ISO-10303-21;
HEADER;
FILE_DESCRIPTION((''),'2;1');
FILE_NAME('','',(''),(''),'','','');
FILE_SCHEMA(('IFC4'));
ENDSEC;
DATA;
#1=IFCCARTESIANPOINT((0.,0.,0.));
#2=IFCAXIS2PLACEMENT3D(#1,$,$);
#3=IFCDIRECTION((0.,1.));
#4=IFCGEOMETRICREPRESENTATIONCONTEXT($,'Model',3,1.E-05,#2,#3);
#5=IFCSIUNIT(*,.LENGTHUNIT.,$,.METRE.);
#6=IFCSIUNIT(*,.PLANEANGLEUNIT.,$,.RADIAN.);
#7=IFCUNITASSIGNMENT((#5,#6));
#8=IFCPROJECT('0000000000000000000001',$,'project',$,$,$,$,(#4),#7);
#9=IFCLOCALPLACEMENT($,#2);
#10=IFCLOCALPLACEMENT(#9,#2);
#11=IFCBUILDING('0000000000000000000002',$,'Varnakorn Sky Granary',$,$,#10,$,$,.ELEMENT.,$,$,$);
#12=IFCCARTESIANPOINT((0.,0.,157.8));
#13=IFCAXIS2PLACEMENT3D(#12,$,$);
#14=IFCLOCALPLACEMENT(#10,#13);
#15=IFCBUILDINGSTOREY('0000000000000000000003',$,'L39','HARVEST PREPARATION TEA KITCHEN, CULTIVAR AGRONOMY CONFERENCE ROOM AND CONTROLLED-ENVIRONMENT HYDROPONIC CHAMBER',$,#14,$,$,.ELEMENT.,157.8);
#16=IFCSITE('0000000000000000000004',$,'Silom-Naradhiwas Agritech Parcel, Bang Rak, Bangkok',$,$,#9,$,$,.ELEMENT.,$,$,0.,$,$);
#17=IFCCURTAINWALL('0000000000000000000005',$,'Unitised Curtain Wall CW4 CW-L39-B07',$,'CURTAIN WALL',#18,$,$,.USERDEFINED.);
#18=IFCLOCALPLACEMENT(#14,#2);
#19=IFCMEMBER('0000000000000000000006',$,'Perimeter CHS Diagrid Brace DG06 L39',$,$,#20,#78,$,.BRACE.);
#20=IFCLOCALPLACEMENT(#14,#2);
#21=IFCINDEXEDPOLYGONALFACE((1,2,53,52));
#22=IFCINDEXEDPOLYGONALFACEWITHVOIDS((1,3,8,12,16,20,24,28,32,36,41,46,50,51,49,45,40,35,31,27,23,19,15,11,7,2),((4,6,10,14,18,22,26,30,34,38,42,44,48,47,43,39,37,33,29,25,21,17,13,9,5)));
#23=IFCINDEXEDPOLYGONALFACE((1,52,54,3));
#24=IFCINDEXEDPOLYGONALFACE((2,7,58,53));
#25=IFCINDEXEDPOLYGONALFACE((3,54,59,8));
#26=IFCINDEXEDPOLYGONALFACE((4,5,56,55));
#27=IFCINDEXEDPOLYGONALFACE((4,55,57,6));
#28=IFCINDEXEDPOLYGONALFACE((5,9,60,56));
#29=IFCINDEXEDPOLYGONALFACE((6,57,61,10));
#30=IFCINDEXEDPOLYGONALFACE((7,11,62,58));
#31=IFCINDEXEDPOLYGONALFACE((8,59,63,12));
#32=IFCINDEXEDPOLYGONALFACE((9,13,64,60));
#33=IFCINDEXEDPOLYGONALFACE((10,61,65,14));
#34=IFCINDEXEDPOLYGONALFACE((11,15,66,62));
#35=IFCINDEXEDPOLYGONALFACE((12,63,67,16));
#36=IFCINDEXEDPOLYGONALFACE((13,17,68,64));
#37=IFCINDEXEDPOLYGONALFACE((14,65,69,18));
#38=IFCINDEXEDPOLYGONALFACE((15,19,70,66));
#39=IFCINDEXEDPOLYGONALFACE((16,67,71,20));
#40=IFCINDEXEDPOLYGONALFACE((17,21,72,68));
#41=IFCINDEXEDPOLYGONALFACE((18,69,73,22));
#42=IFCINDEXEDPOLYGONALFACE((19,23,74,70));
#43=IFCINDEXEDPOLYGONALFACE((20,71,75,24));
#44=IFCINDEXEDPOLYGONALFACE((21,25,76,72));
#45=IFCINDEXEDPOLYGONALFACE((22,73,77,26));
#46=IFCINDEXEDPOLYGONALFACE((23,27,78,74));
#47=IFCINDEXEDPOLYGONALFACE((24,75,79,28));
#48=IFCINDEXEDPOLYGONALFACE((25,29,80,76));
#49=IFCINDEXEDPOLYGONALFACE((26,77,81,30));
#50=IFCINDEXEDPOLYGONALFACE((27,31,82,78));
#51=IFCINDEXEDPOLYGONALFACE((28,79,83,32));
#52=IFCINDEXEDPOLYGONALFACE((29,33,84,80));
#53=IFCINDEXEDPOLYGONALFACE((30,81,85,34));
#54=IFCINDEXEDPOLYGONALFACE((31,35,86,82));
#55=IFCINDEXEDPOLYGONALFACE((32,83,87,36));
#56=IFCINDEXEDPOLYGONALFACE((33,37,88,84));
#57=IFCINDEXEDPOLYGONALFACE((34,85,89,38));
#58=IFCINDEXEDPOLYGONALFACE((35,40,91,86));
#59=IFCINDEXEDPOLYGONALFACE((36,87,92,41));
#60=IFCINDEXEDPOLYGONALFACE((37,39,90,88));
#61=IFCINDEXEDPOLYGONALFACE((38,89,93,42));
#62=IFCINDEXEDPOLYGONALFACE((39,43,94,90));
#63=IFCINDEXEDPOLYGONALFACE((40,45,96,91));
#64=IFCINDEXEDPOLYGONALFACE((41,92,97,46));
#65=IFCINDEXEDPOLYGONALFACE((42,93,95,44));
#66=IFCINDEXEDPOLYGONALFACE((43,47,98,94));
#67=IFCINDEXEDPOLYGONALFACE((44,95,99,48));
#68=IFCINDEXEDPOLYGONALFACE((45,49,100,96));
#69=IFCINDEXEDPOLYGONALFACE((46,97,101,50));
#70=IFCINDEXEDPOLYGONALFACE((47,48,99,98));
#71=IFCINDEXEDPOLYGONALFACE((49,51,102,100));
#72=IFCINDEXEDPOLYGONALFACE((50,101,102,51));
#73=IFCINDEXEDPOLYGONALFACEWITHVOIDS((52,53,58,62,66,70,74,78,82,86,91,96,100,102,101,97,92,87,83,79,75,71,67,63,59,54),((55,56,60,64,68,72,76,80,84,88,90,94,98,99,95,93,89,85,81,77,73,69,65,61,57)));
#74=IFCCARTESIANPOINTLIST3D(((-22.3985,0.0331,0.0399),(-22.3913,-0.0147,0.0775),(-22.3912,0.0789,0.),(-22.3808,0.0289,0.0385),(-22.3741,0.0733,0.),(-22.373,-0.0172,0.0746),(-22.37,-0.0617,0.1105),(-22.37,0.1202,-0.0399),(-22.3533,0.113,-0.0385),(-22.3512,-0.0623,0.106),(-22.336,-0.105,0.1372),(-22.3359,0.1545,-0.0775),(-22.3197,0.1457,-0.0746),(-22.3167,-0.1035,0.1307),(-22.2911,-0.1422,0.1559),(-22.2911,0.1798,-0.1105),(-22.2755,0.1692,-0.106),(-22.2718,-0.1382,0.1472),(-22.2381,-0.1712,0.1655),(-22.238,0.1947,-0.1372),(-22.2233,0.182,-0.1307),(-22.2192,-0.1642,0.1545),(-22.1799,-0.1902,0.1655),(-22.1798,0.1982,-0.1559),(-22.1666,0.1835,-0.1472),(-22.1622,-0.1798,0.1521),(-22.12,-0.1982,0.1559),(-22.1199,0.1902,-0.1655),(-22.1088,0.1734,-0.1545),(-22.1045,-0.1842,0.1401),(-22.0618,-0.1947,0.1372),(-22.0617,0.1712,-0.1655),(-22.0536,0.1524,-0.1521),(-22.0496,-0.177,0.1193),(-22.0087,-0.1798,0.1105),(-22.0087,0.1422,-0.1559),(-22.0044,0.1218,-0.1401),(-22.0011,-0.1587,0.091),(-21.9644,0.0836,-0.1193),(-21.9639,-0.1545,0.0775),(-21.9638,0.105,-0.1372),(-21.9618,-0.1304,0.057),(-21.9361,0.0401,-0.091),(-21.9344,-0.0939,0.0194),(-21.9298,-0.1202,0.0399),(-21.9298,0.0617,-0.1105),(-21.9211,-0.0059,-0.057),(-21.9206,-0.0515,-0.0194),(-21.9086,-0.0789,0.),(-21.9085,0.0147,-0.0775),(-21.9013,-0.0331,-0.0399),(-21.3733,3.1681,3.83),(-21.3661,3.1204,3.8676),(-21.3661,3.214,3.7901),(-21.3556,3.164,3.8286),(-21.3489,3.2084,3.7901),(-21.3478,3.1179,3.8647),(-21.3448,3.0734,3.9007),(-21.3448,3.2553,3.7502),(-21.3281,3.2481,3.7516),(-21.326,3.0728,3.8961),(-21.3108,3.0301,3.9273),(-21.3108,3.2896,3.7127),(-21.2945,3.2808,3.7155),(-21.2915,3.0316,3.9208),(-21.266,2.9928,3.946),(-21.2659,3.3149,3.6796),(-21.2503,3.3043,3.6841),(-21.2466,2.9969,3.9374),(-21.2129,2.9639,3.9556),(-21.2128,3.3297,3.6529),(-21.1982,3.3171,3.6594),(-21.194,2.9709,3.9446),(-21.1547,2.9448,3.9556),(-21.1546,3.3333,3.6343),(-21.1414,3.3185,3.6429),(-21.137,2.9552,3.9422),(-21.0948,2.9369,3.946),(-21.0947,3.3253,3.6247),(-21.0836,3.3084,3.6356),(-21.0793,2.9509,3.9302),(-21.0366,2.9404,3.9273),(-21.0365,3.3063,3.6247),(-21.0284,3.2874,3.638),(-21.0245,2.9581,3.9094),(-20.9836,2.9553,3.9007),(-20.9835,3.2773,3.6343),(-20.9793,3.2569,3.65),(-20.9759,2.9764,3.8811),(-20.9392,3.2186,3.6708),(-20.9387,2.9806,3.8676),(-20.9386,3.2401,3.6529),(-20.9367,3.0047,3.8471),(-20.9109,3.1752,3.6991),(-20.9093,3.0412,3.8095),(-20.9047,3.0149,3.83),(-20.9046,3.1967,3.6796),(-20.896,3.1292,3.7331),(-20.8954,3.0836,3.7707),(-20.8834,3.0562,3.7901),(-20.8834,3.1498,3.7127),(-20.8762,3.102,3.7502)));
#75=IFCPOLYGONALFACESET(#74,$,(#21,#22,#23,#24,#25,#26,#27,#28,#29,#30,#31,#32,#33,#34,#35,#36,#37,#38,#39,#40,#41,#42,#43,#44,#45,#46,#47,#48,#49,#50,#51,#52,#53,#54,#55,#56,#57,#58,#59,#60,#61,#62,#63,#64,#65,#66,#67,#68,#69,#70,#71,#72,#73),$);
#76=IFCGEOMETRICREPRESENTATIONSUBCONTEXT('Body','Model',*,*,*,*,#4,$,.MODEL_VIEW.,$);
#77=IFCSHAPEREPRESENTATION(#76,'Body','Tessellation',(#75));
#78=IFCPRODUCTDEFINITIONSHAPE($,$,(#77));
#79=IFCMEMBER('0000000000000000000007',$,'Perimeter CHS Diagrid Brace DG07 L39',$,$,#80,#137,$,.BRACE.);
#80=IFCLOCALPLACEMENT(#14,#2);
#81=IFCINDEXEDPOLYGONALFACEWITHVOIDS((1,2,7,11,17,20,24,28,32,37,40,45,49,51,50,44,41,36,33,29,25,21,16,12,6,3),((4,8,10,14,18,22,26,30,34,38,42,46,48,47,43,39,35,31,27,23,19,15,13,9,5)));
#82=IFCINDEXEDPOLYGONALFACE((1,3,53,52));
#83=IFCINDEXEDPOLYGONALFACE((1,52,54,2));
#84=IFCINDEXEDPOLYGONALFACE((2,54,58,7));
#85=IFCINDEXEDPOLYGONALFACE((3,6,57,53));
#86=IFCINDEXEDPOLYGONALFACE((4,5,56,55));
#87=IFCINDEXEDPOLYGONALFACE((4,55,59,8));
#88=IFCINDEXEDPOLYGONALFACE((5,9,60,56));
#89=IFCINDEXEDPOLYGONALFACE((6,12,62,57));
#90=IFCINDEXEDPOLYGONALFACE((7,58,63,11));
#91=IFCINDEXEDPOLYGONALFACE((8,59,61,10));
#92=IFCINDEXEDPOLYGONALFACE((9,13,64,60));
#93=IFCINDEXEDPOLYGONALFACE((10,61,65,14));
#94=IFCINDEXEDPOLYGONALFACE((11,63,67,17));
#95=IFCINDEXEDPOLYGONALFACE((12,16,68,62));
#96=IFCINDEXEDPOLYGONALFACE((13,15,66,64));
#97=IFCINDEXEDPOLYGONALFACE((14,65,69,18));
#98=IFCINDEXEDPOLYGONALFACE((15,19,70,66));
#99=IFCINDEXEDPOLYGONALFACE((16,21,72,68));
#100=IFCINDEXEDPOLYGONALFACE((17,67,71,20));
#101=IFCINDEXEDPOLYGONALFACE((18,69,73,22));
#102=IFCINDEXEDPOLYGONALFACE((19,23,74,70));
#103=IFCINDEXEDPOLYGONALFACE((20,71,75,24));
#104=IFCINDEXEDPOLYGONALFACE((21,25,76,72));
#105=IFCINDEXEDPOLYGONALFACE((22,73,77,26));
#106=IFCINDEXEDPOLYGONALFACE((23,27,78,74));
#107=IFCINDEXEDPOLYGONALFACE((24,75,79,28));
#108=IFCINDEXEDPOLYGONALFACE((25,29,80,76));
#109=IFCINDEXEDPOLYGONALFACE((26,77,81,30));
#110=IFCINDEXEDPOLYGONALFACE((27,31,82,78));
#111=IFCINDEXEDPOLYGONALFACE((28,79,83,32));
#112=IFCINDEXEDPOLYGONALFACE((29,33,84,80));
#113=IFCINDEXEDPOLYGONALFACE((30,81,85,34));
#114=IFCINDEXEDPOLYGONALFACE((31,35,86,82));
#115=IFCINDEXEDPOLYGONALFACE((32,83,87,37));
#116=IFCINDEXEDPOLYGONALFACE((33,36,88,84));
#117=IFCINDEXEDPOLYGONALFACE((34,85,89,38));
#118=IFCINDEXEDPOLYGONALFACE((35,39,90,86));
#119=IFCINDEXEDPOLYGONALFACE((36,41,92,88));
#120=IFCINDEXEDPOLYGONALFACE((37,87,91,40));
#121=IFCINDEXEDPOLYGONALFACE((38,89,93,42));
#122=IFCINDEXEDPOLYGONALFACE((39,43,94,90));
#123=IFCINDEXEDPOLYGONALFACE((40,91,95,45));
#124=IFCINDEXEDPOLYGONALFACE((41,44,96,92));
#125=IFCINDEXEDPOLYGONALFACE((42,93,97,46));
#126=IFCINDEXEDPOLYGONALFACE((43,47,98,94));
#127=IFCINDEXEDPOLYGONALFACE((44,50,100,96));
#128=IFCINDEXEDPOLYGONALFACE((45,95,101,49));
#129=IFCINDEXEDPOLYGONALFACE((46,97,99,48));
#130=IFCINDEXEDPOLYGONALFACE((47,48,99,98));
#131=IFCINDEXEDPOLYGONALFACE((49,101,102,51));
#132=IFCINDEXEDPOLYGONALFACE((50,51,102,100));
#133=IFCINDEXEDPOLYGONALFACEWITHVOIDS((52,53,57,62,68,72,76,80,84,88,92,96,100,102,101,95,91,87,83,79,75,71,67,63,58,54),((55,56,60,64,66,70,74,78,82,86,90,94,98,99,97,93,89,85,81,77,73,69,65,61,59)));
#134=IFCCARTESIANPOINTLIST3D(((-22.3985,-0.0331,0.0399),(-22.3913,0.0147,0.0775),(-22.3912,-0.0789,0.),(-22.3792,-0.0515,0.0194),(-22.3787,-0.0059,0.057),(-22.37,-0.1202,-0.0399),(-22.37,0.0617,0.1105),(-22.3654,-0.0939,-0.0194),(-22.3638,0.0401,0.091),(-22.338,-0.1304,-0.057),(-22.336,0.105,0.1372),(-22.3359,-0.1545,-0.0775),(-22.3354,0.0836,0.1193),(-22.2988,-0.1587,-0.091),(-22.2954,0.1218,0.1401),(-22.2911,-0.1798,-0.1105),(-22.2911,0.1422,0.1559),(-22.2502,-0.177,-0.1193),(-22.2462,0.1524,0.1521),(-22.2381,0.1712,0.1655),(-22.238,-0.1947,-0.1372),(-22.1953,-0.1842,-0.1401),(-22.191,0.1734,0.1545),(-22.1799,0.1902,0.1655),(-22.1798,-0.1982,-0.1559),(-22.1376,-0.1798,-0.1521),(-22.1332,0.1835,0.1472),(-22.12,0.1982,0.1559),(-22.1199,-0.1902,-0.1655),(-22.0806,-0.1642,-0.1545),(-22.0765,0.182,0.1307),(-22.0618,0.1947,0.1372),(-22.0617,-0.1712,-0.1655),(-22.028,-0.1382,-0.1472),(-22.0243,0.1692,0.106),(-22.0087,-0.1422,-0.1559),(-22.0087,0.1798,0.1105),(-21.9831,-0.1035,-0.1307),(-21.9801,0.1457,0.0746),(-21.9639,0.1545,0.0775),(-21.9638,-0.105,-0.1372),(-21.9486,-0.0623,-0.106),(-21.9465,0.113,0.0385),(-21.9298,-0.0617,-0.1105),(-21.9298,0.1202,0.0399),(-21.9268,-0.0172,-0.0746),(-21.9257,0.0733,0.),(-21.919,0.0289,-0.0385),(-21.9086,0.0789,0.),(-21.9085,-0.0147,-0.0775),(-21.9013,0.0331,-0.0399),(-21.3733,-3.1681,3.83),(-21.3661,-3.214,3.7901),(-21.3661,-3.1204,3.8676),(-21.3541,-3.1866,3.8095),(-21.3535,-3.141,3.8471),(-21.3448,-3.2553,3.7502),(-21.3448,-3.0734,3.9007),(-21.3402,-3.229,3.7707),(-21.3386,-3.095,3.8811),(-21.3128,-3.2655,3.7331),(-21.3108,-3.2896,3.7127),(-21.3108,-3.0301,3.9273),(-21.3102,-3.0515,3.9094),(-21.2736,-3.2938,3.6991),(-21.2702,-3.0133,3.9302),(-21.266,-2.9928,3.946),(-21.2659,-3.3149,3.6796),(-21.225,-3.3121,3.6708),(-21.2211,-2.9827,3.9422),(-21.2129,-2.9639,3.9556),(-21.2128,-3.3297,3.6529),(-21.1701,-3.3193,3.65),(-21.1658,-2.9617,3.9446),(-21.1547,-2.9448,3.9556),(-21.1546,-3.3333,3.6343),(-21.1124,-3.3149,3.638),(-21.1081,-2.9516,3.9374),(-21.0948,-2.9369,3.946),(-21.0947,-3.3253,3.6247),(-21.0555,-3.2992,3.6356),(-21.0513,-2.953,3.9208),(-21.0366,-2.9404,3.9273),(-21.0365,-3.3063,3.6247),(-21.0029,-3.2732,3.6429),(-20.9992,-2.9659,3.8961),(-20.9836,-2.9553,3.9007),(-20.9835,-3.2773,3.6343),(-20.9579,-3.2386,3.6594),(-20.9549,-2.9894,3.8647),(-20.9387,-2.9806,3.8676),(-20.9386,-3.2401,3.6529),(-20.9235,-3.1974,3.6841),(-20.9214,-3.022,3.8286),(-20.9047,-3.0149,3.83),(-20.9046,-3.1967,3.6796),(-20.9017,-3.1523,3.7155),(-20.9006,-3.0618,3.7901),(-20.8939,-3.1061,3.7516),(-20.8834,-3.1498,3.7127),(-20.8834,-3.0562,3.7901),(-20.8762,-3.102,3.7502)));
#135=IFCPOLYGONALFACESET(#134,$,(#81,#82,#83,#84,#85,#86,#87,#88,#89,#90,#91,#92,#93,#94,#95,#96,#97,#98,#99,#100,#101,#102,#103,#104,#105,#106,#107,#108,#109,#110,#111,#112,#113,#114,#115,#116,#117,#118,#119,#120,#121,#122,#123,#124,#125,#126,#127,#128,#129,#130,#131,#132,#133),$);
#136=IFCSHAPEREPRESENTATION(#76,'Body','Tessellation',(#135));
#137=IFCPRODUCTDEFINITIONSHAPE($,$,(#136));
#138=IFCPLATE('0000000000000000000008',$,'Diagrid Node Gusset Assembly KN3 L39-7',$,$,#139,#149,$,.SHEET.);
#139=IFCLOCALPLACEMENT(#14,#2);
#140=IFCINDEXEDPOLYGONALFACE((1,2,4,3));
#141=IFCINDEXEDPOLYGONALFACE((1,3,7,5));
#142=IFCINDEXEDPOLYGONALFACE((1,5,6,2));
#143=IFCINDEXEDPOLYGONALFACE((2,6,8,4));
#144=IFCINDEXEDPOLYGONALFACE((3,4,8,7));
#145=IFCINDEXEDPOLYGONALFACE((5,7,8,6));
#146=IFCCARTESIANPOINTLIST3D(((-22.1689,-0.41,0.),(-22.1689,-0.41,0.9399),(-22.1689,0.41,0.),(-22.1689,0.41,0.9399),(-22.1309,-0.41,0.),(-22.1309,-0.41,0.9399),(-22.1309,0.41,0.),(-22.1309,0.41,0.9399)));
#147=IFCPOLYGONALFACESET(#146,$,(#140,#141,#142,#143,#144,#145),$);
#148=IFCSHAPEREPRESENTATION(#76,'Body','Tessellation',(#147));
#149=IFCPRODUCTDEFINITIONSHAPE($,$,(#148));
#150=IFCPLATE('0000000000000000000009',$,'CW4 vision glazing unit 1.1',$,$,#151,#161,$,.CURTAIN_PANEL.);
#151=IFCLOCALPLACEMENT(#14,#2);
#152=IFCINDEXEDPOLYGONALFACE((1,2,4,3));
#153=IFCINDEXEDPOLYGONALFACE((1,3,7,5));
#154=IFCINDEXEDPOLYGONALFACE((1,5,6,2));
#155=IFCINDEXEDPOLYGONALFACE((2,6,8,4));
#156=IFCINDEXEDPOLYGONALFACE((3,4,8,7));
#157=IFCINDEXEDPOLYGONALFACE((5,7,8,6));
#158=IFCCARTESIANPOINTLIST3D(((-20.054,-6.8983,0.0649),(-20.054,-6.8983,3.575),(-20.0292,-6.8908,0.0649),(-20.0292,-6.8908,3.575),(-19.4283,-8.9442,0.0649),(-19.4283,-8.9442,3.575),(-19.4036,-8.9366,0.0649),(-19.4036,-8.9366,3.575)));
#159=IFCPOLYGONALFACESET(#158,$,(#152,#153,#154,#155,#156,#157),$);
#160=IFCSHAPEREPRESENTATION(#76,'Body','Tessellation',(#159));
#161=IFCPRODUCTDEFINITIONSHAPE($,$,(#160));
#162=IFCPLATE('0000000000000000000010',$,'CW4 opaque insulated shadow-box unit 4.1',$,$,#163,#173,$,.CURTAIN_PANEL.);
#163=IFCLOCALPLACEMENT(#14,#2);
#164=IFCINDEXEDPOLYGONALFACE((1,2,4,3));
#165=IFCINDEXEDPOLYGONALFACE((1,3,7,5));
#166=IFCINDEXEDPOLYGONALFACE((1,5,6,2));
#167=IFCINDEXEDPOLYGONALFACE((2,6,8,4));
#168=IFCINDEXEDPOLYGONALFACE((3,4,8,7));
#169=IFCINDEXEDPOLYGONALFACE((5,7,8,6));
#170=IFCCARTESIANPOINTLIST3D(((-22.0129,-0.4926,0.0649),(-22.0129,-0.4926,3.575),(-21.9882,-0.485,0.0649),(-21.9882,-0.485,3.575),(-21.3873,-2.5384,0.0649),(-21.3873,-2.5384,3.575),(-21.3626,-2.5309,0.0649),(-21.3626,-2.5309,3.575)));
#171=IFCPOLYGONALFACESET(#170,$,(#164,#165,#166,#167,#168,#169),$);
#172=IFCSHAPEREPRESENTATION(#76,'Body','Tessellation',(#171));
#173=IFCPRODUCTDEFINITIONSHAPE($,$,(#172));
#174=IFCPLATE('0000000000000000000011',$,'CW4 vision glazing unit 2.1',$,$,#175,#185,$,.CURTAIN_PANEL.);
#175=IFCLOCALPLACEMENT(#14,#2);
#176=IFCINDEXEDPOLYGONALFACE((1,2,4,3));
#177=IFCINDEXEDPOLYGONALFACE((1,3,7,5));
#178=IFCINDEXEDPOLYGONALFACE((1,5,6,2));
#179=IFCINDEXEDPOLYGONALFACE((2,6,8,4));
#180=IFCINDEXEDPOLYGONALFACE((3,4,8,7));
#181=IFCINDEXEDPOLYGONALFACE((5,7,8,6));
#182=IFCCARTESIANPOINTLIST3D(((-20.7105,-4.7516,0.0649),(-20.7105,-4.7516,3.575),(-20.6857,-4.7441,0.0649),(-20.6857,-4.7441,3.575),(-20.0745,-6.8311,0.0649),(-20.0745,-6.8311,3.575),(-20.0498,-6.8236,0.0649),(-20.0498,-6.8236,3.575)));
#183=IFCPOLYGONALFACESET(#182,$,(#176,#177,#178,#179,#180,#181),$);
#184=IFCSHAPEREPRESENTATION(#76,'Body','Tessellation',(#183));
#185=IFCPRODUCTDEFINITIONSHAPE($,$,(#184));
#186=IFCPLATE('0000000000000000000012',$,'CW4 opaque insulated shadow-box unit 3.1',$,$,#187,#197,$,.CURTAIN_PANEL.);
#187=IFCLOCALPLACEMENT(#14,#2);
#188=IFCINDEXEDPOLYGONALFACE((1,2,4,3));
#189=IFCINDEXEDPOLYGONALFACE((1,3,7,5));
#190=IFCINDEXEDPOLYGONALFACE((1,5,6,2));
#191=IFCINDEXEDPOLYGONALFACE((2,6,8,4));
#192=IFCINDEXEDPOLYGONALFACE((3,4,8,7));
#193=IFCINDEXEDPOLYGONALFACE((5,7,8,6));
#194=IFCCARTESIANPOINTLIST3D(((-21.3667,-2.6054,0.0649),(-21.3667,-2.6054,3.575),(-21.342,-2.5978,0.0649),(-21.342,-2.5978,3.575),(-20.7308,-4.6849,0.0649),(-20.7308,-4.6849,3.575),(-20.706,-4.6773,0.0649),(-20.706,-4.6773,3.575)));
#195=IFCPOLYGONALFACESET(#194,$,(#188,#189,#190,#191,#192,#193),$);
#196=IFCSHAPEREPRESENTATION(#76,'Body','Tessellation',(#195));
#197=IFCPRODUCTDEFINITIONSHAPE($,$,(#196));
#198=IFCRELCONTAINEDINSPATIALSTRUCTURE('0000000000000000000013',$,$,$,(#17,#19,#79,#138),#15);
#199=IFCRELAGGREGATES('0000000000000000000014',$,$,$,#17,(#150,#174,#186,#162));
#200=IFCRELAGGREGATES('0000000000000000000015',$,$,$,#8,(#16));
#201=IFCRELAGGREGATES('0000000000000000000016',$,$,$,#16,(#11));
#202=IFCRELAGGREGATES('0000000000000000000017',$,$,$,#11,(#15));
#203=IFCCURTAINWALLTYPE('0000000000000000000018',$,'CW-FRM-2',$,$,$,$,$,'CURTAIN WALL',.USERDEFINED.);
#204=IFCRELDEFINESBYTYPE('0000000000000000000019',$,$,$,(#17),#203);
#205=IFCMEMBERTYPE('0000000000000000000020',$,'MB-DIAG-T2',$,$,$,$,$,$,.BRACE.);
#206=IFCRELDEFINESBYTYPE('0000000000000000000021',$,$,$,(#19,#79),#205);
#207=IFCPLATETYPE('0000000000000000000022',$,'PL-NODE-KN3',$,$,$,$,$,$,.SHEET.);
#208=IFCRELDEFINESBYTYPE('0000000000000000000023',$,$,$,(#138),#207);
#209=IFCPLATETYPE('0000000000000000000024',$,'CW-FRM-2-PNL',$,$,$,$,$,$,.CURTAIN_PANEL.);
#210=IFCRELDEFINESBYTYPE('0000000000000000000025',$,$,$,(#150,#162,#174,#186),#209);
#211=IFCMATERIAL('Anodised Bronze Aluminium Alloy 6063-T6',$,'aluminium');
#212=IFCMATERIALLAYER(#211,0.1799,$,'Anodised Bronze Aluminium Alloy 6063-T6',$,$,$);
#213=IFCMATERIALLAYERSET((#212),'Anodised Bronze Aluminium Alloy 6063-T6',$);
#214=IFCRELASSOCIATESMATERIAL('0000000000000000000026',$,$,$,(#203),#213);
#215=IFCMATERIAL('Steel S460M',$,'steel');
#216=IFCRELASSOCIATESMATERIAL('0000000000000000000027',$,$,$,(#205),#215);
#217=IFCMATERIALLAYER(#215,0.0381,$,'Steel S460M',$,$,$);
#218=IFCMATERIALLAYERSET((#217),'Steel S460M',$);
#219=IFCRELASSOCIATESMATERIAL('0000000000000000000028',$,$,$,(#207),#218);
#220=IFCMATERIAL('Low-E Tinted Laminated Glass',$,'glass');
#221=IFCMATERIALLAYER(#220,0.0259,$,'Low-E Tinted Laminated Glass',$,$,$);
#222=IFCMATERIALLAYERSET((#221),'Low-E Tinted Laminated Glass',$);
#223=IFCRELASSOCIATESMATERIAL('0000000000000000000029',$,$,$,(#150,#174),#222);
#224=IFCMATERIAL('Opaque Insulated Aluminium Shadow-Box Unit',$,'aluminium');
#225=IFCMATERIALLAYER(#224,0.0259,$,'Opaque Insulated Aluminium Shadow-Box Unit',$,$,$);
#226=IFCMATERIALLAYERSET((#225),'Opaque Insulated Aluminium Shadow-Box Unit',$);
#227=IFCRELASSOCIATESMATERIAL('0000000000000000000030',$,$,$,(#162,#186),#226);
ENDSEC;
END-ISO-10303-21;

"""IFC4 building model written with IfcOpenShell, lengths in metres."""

from ifc_helpers import new_model, si_unit, direction, frame, origin, origin_2d, place, context, subcontext, project, spatial, rectangle, hollow_circle, extrude, source, transform, mapped, material, layer, layer_set, material_profile, profile_set, type_object, element, aggregate, save


model = new_model("IFC4")

# Units and contexts
model_context = context("Model", 3, precision=1e-05, world=origin(), true_north=direction((0.0, 1.0)))
body_context = subcontext(model_context, "Body", "Model", "MODEL_VIEW")
ifc_project = project(units=[si_unit("LENGTHUNIT", "METRE"), si_unit("PLANEANGLEUNIT", "RADIAN")], contexts=[model_context])

# Site, building, storey
site_placement = place(None, origin())
site = spatial("IfcSite", under=ifc_project, at=site_placement, Name="Silom-Naradhiwas Agritech Parcel, Bang Rak, Bangkok", CompositionType="ELEMENT", RefElevation=0.0)
building_placement = place(site_placement, origin())
building = spatial("IfcBuilding", under=site, at=building_placement, Name="Varnakorn Sky Granary", CompositionType="ELEMENT")
storey_placement = place(building_placement, frame((0.0, 0.0, 157.8)))
storey = spatial("IfcBuildingStorey", under=building, at=storey_placement, Name="L39", Description="HARVEST PREPARATION TEA KITCHEN, CULTIVAR AGRONOMY CONFERENCE ROOM AND CONTROLLED-ENVIRONMENT HYDROPONIC CHAMBER", CompositionType="ELEMENT", Elevation=157.8)

# Shared definitions
ifc_material_1 = material(Name="Steel S460M", Category="steel")

# Curtain wall
ifc_material_2 = material(Name="Anodised Bronze Aluminium Alloy 6063-T6", Category="aluminium")
ifc_layer_1 = layer(ifc_material_2, 0.1799, Name="Anodised Bronze Aluminium Alloy 6063-T6")
ifc_layer_set_1 = layer_set([ifc_layer_1], Name="Anodised Bronze Aluminium Alloy 6063-T6")
curtain_wall_type = type_object("IfcCurtainWallType", Name="CW-FRM-2", ElementType="CURTAIN WALL", PredefinedType="USERDEFINED", material=ifc_layer_set_1)
curtain_wall_1_placement = place(storey_placement, origin())
curtain_wall_1 = element("IfcCurtainWall", 1, at=curtain_wall_1_placement, inside=storey, type_object=curtain_wall_type, Name="Unitised Curtain Wall CW4 CW-L39-B07", ObjectType="CURTAIN WALL", PredefinedType="USERDEFINED")

# Members
ifc_material_profile_1 = material_profile(ifc_material_1, hollow_circle(Radius=0.2539, WallThickness=0.0181, at=origin_2d()), Name="CHS 508x18")
ifc_profile_set_1 = profile_set([ifc_material_profile_1], Name="Steel S460M")
member_type_1 = type_object("IfcMemberType", Name="MB-DIAG-T2", PredefinedType="BRACE", material=ifc_profile_set_1)
for number, where, z_axis, x_axis, name in (
    (2, (-22.1499, 0.0, 0.0), (0.204038, 0.623969, 0.754341), (-0.950474, 0.310804, 0.0), "Perimeter CHS Diagrid Brace DG06 L39"),
    (3, (-22.1499, 0.0, 0.0), (0.204038, -0.623969, 0.754341), (0.950474, 0.310804, 0.0), "Perimeter CHS Diagrid Brace DG07 L39"),
):
    element("IfcMember", number, at=place(storey_placement, frame(where, z_axis=z_axis, x_axis=x_axis)), inside=storey, type_object=member_type_1, Name=name, PredefinedType="BRACE", context=body_context, shape_type="SweptSolid", body=[
        extrude(hollow_circle(Radius=0.2539, WallThickness=0.0181, at=origin_2d()), origin(), (0.0, 0.0, 1.0), 5.0244),
    ])

# Plates
ifc_layer_2 = layer(ifc_material_1, 0.0381, Name="Steel S460M")
ifc_layer_set_2 = layer_set([ifc_layer_2], Name="Steel S460M")
plate_type_1 = type_object("IfcPlateType", Name="PL-NODE-KN3", PredefinedType="SHEET", material=ifc_layer_set_2)
plate_1_placement = place(storey_placement, frame((-22.1499, 0.0, 0.0), z_axis=(0.0, 0.0, 1.0), x_axis=(0.0, -1.0, 0.0)))
element("IfcPlate", 4, at=plate_1_placement, inside=storey, type_object=plate_type_1, Name="Diagrid Node Gusset Assembly KN3 L39-7", PredefinedType="SHEET", context=body_context, shape_type="SweptSolid", body=[
    extrude(rectangle(XDim=0.8201, YDim=0.0381, at=origin_2d()), origin(), (0.0, 0.0, 1.0), 0.9399),
])
ifc_material_3 = material(Name="Low-E Tinted Laminated Glass", Category="glass")
ifc_layer_3 = layer(ifc_material_3, 0.0259, Name="Low-E Tinted Laminated Glass")
ifc_layer_set_3 = layer_set([ifc_layer_3], Name="Low-E Tinted Laminated Glass")
plate_type_2 = type_object("IfcPlateType", Name="CW-FRM-2-PNL", PredefinedType="CURTAIN_PANEL")
shared_shape_1 = source(origin(), body_context, "Body", "SweptSolid", [
    extrude(rectangle(XDim=2.1394, YDim=0.0259, at=origin_2d()), origin(), (0.0, 0.0, 1.0), 3.51),
])
plate_2_placement = place(storey_placement, frame((-19.7288, -7.9175, 0.0649), z_axis=(0.0, 0.0, 1.0), x_axis=(-0.292435, 0.956285, 0.0)))
plate_2 = element("IfcPlate", 5, at=plate_2_placement, type_object=plate_type_2, material=ifc_layer_set_3, Name="CW4 vision glazing unit 1.1", PredefinedType="CURTAIN_PANEL", context=body_context, shape_type="MappedRepresentation", body=[
    mapped(shared_shape_1, transform((0.0, 0.0, 0.0), x_axis=(1.0, 0.0, 0.0), y_axis=(0.0, 1.0, 0.0), z_axis=(0.0, 0.0, 1.0), scale=1.0)),
])
ifc_material_4 = material(Name="Opaque Insulated Aluminium Shadow-Box Unit", Category="aluminium")
ifc_layer_4 = layer(ifc_material_4, 0.0259, Name="Opaque Insulated Aluminium Shadow-Box Unit")
ifc_layer_set_4 = layer_set([ifc_layer_4], Name="Opaque Insulated Aluminium Shadow-Box Unit")
plate_3_placement = place(storey_placement, frame((-21.6877, -1.5117, 0.0649), z_axis=(0.0, 0.0, 1.0), x_axis=(-0.292435, 0.956285, 0.0)))
plate_3 = element("IfcPlate", 6, at=plate_3_placement, type_object=plate_type_2, material=ifc_layer_set_4, Name="CW4 opaque insulated shadow-box unit 4.1", PredefinedType="CURTAIN_PANEL", context=body_context, shape_type="MappedRepresentation", body=[
    mapped(shared_shape_1, transform((0.0, 0.0, 0.0), x_axis=(1.0, 0.0, 0.0), y_axis=(0.0, 1.0, 0.0), z_axis=(0.0, 0.0, 1.0), scale=1.0)),
])
shared_shape_2 = source(origin(), body_context, "Body", "SweptSolid", [
    extrude(rectangle(XDim=2.1746, YDim=0.0259, at=origin_2d()), origin(), (0.0, 0.0, 1.0), 3.51),
])
plate_4_placement = place(storey_placement, frame((-20.3801, -5.7876, 0.0649), z_axis=(0.0, 0.0, 1.0), x_axis=(-0.292435, 0.956285, 0.0)))
plate_4 = element("IfcPlate", 7, at=plate_4_placement, type_object=plate_type_2, material=ifc_layer_set_3, Name="CW4 vision glazing unit 2.1", PredefinedType="CURTAIN_PANEL", context=body_context, shape_type="MappedRepresentation", body=[
    mapped(shared_shape_2, transform((0.0, 0.0, 0.0), x_axis=(1.0, 0.0, 0.0), y_axis=(0.0, 1.0, 0.0), z_axis=(0.0, 0.0, 1.0), scale=1.0)),
])
plate_5_placement = place(storey_placement, frame((-21.0364, -3.6414, 0.0649), z_axis=(0.0, 0.0, 1.0), x_axis=(-0.292435, 0.956285, 0.0)))
plate_5 = element("IfcPlate", 8, at=plate_5_placement, type_object=plate_type_2, material=ifc_layer_set_4, Name="CW4 opaque insulated shadow-box unit 3.1", PredefinedType="CURTAIN_PANEL", context=body_context, shape_type="MappedRepresentation", body=[
    mapped(shared_shape_2, transform((0.0, 0.0, 0.0), x_axis=(1.0, 0.0, 0.0), y_axis=(0.0, 1.0, 0.0), z_axis=(0.0, 0.0, 1.0), scale=1.0)),
])
aggregate(curtain_wall_1, [plate_2, plate_4, plate_5, plate_3])

save(model, "model.ifc")
